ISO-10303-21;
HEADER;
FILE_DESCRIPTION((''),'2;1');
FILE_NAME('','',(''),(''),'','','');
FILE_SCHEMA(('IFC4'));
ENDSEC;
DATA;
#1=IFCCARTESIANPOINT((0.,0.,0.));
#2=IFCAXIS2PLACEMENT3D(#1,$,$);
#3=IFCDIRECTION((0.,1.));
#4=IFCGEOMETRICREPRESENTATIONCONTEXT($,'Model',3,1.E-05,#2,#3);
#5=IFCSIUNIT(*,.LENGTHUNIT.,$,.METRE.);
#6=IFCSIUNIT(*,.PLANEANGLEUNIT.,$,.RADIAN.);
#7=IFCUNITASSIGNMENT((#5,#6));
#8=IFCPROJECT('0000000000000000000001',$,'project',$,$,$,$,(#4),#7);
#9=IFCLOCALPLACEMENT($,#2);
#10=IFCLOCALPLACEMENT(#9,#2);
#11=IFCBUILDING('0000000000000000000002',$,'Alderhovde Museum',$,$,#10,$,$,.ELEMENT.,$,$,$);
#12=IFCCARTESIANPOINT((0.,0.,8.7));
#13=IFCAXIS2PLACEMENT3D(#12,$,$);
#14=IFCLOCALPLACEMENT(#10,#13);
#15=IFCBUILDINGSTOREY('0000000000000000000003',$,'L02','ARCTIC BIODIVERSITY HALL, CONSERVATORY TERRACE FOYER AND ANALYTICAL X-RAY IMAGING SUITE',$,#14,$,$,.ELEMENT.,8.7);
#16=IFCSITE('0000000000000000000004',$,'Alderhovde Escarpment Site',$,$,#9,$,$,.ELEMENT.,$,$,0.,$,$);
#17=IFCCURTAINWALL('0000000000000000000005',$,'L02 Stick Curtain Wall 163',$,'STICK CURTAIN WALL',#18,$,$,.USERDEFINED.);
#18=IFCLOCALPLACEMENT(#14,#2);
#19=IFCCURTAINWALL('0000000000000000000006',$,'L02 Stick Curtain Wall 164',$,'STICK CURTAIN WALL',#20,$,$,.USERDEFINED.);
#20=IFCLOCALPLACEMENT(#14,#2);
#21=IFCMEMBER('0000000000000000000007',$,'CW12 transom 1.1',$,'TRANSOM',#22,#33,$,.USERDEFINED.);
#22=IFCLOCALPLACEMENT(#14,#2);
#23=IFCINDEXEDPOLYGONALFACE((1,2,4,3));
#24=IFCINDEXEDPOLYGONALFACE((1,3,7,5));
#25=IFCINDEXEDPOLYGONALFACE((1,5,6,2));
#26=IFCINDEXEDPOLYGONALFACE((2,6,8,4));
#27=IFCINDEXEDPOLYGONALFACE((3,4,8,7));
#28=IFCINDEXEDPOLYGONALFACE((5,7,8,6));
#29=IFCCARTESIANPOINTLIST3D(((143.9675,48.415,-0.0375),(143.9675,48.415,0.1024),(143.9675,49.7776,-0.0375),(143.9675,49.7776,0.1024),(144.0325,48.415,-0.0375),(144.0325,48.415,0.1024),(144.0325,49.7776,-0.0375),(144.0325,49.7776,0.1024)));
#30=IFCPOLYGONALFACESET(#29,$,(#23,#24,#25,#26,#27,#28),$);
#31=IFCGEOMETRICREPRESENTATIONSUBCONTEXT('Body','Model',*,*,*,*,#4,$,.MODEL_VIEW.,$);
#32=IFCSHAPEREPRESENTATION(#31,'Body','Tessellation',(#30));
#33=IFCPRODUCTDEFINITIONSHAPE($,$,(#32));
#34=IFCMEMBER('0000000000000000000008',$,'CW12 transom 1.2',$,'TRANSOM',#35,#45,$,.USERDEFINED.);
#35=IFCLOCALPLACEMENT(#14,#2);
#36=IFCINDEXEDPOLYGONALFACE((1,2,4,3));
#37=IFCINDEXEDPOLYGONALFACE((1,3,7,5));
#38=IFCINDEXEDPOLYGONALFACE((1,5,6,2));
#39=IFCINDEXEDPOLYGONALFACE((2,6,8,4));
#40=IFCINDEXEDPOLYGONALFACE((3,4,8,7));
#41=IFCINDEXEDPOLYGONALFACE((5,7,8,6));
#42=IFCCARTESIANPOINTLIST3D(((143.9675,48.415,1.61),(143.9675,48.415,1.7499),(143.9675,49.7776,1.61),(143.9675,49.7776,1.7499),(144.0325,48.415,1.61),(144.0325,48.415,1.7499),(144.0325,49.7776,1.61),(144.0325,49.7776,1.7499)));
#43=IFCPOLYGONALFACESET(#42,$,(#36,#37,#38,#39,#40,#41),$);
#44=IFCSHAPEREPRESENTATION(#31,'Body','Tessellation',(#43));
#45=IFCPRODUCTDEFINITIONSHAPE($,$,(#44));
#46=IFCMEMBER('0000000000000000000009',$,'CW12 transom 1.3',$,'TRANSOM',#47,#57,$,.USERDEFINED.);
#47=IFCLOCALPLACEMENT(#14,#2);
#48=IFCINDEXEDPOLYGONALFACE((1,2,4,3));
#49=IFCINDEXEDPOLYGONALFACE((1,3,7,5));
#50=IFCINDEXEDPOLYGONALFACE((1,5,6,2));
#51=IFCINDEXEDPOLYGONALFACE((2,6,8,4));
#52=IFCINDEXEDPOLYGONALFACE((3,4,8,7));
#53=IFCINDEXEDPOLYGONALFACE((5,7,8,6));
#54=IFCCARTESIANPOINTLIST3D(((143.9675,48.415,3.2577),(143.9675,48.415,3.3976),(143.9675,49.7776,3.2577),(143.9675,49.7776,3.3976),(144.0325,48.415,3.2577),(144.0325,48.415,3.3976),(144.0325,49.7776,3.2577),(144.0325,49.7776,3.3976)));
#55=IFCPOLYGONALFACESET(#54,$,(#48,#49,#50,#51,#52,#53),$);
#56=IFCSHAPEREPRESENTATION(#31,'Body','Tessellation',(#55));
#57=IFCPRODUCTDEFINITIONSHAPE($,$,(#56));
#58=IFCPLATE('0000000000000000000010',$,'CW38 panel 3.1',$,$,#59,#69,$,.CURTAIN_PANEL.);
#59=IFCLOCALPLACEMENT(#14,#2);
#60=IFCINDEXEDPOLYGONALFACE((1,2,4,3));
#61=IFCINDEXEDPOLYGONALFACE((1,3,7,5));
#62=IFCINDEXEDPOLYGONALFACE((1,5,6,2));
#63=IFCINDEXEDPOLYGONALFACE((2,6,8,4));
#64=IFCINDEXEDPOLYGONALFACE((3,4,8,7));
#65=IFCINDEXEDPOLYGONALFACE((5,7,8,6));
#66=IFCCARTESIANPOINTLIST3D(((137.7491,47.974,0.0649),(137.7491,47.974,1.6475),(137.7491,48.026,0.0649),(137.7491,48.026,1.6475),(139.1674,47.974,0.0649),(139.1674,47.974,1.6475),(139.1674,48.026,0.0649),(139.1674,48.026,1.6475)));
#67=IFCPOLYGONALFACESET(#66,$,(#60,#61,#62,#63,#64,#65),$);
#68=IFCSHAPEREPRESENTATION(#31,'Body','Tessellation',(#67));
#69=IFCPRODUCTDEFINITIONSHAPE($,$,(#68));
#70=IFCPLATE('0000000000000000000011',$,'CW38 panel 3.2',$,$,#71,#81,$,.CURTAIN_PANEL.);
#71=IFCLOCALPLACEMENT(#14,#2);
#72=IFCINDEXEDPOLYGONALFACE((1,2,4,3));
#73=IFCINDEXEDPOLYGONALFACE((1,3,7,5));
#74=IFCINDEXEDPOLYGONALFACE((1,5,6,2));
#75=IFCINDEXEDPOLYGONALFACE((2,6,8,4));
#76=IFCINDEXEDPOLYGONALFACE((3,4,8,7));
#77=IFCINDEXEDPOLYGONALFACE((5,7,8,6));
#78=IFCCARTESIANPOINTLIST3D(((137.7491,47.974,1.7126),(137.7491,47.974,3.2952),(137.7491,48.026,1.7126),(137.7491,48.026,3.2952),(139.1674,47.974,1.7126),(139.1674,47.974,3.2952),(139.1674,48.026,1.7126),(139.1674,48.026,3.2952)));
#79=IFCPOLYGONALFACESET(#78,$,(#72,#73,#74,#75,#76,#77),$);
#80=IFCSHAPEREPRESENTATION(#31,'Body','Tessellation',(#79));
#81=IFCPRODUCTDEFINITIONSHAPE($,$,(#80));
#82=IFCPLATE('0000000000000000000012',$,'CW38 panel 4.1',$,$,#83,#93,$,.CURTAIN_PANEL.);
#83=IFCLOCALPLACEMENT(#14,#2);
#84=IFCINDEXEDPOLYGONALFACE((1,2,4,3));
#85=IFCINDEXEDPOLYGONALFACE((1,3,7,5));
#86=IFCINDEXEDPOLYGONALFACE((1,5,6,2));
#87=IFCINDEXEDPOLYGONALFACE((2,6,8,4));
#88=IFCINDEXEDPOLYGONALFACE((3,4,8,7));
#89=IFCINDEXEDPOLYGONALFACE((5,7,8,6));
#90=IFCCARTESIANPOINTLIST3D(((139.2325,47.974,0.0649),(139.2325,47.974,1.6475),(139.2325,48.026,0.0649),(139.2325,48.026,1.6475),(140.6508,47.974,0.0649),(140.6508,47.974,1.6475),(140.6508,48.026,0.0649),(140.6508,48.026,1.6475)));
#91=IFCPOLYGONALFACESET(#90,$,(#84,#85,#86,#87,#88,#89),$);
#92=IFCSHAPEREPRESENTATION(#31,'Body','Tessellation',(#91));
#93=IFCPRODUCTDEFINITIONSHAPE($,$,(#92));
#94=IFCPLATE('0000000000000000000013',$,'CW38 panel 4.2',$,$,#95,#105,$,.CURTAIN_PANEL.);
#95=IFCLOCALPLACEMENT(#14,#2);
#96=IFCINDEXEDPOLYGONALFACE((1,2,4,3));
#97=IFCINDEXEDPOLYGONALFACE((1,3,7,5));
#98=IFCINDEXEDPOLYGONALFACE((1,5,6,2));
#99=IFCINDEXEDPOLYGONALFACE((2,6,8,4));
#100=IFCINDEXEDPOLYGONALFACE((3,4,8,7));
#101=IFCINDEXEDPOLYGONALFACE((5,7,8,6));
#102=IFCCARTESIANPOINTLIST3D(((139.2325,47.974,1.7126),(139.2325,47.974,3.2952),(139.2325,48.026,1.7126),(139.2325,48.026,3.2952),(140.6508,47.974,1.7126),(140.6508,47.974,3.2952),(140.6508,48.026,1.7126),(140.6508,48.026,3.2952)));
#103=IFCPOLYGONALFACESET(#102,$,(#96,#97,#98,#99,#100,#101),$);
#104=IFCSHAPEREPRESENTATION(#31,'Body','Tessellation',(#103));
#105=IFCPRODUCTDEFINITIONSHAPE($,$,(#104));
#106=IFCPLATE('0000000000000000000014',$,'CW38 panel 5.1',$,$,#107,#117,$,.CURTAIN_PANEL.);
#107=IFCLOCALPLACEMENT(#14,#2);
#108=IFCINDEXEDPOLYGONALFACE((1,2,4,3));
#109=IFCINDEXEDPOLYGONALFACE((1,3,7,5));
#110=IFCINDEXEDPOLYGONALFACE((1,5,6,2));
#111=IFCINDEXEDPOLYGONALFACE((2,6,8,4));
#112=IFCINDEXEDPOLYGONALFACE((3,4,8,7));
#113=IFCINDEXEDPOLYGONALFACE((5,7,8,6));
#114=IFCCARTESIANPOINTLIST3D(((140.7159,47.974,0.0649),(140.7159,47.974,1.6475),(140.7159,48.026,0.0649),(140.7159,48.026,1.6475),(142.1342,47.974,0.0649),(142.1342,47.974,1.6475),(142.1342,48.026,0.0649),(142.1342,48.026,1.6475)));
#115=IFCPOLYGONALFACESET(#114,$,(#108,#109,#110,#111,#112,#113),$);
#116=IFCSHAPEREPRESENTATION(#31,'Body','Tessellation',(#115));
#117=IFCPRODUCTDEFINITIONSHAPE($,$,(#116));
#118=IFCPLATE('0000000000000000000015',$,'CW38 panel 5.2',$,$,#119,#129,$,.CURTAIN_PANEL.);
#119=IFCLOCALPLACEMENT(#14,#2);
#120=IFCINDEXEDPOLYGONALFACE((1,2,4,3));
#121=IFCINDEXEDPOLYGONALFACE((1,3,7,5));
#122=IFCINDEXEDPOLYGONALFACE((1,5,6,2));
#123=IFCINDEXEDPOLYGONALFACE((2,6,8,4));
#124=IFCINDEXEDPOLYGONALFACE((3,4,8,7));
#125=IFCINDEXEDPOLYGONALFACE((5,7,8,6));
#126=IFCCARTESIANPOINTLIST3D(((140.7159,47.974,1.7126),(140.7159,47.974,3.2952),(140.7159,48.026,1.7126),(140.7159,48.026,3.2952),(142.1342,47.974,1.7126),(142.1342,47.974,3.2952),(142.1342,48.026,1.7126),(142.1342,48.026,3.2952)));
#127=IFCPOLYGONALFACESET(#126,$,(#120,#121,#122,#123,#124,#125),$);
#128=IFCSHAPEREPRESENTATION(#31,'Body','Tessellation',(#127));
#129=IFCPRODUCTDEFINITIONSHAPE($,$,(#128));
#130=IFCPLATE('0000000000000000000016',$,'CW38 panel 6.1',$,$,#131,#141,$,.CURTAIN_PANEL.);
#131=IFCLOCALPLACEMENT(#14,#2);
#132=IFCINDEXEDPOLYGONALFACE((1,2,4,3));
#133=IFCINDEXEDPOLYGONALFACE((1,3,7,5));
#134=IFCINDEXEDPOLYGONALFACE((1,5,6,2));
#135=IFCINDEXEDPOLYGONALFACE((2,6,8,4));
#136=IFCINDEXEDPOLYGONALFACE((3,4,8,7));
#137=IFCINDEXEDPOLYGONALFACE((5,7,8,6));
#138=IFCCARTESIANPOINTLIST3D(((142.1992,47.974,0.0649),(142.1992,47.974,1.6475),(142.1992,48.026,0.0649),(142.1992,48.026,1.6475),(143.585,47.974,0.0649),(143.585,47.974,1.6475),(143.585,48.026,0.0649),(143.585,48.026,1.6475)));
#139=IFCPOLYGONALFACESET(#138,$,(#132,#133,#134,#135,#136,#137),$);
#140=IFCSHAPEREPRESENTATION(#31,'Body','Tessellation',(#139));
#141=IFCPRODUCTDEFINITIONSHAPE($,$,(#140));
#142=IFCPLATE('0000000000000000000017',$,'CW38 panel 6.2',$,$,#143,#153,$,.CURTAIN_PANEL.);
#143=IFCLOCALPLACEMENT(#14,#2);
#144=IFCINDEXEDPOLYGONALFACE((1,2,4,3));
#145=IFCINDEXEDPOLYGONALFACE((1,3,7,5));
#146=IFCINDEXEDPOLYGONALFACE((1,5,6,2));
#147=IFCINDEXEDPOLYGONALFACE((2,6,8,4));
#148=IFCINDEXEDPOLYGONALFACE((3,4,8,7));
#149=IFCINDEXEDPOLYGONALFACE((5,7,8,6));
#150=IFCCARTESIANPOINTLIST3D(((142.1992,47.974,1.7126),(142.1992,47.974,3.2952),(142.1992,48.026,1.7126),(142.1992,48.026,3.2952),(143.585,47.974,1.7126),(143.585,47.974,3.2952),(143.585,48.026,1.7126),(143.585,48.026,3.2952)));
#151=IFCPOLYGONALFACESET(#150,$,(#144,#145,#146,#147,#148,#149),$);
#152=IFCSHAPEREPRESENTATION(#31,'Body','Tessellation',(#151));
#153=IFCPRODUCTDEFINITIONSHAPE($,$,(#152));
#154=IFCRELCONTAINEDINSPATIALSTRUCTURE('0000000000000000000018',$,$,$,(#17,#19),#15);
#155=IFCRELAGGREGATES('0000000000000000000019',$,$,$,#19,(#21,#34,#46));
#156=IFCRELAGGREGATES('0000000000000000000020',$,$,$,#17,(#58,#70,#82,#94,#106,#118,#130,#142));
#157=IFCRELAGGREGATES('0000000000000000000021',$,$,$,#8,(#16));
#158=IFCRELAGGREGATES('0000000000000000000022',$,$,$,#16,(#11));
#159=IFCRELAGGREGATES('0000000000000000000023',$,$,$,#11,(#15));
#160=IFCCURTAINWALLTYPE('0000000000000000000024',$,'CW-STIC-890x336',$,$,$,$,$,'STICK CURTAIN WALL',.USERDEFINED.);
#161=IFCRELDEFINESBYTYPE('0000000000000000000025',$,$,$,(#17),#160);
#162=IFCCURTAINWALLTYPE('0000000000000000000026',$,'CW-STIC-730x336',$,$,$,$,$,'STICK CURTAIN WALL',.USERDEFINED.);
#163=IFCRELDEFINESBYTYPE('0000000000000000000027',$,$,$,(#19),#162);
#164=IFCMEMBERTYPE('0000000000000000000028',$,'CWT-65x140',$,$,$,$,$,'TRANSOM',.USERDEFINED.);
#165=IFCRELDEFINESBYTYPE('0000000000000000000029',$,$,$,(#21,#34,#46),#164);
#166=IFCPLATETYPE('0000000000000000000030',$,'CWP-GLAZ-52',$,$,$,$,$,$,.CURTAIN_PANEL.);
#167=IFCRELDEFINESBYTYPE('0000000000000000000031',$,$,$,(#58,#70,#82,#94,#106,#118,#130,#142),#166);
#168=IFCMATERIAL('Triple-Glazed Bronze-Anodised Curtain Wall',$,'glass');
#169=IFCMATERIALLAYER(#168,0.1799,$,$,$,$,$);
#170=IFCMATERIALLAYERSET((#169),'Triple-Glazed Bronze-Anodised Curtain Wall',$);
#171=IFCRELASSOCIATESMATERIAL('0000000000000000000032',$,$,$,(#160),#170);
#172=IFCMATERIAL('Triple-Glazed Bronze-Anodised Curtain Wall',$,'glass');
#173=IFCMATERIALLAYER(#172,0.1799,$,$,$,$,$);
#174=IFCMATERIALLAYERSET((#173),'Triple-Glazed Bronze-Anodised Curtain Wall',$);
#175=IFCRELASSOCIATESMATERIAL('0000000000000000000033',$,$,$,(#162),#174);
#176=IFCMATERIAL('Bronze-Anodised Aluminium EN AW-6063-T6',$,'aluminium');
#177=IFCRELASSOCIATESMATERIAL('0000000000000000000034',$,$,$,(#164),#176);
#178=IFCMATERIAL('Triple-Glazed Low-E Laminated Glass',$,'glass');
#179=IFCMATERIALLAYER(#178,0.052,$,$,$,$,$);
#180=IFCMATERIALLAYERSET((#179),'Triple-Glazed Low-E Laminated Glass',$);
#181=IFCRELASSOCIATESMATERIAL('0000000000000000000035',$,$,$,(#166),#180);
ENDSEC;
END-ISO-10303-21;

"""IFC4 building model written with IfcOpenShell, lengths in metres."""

from ifc_helpers import new_model, si_unit, direction, frame, origin, origin_2d, place, context, subcontext, project, spatial, rectangle, extrude, material, layer, layer_set, material_profile, profile_set, type_object, element, aggregate, save


model = new_model("IFC4")

# Units and contexts
model_context = context("Model", 3, precision=1e-05, world=origin(), true_north=direction((0.0, 1.0)))
body_context = subcontext(model_context, "Body", "Model", "MODEL_VIEW")
ifc_project = project(units=[si_unit("LENGTHUNIT", "METRE"), si_unit("PLANEANGLEUNIT", "RADIAN")], contexts=[model_context])

# Site, building, storey
site_placement = place(None, origin())
site = spatial("IfcSite", under=ifc_project, at=site_placement, Name="Alderhovde Escarpment Site", CompositionType="ELEMENT", RefElevation=0.0)
building_placement = place(site_placement, origin())
building = spatial("IfcBuilding", under=site, at=building_placement, Name="Alderhovde Museum", CompositionType="ELEMENT")
storey_placement = place(building_placement, frame((0.0, 0.0, 8.7)))
storey = spatial("IfcBuildingStorey", under=building, at=storey_placement, Name="L02", Description="ARCTIC BIODIVERSITY HALL, CONSERVATORY TERRACE FOYER AND ANALYTICAL X-RAY IMAGING SUITE", CompositionType="ELEMENT", Elevation=8.7)

# Curtain wall
ifc_material_1 = material(Name="Triple-Glazed Bronze-Anodised Curtain Wall", Category="glass")
ifc_layer_1 = layer(ifc_material_1, 0.1799)
ifc_layer_set_1 = layer_set([ifc_layer_1], Name="Triple-Glazed Bronze-Anodised Curtain Wall")
curtain_wall_type_1 = type_object("IfcCurtainWallType", Name="CW-STIC-890x336", ElementType="STICK CURTAIN WALL", PredefinedType="USERDEFINED", material=ifc_layer_set_1)
curtain_wall_1_placement = place(storey_placement, origin())
curtain_wall_1 = element("IfcCurtainWall", 1, at=curtain_wall_1_placement, inside=storey, type_object=curtain_wall_type_1, Name="L02 Stick Curtain Wall 163", ObjectType="STICK CURTAIN WALL", PredefinedType="USERDEFINED")

# Curtain wall
ifc_material_2 = material(Name="Triple-Glazed Bronze-Anodised Curtain Wall", Category="glass")
ifc_layer_2 = layer(ifc_material_2, 0.1799)
ifc_layer_set_2 = layer_set([ifc_layer_2], Name="Triple-Glazed Bronze-Anodised Curtain Wall")
curtain_wall_type_2 = type_object("IfcCurtainWallType", Name="CW-STIC-730x336", ElementType="STICK CURTAIN WALL", PredefinedType="USERDEFINED", material=ifc_layer_set_2)
curtain_wall_2_placement = place(storey_placement, origin())
curtain_wall_2 = element("IfcCurtainWall", 2, at=curtain_wall_2_placement, inside=storey, type_object=curtain_wall_type_2, Name="L02 Stick Curtain Wall 164", ObjectType="STICK CURTAIN WALL", PredefinedType="USERDEFINED")

# Members
ifc_material_3 = material(Name="Bronze-Anodised Aluminium EN AW-6063-T6", Category="aluminium")
ifc_material_profile_1 = material_profile(ifc_material_3, rectangle(XDim=0.0649, YDim=0.1399, at=origin_2d()), Name="TRANSOM 65x140")
ifc_profile_set_1 = profile_set([ifc_material_profile_1], Name="Bronze-Anodised Aluminium EN AW-6063-T6")
member_type_1 = type_object("IfcMemberType", Name="CWT-65x140", ElementType="TRANSOM", PredefinedType="USERDEFINED", material=ifc_profile_set_1)
member_1_placement = place(storey_placement, frame((144.0, 48.415, 0.0325), z_axis=(0.0, 1.0, 0.0), x_axis=(-1.0, 0.0, 0.0)))
member_1 = element("IfcMember", 3, at=member_1_placement, type_object=member_type_1, Name="CW12 transom 1.1", ObjectType="TRANSOM", PredefinedType="USERDEFINED", context=body_context, shape_type="SweptSolid", body=[
    extrude(rectangle(XDim=0.0649, YDim=0.1399, at=origin_2d()), origin(), (0.0, 0.0, 1.0), 1.3625),
])
member_2_placement = place(storey_placement, frame((144.0, 48.415, 1.6799), z_axis=(0.0, 1.0, 0.0), x_axis=(-1.0, 0.0, 0.0)))
member_2 = element("IfcMember", 4, at=member_2_placement, type_object=member_type_1, Name="CW12 transom 1.2", ObjectType="TRANSOM", PredefinedType="USERDEFINED", context=body_context, shape_type="SweptSolid", body=[
    extrude(rectangle(XDim=0.0649, YDim=0.1399, at=origin_2d()), origin(), (0.0, 0.0, 1.0), 1.3625),
])
member_3_placement = place(storey_placement, frame((144.0, 48.415, 3.3276), z_axis=(0.0, 1.0, 0.0), x_axis=(-1.0, 0.0, 0.0)))
member_3 = element("IfcMember", 5, at=member_3_placement, type_object=member_type_1, Name="CW12 transom 1.3", ObjectType="TRANSOM", PredefinedType="USERDEFINED", context=body_context, shape_type="SweptSolid", body=[
    extrude(rectangle(XDim=0.0649, YDim=0.1399, at=origin_2d()), origin(), (0.0, 0.0, 1.0), 1.3625),
])
aggregate(curtain_wall_2, [member_1, member_2, member_3])

# Plates
ifc_material_4 = material(Name="Triple-Glazed Low-E Laminated Glass", Category="glass")
ifc_layer_3 = layer(ifc_material_4, 0.052)
ifc_layer_set_3 = layer_set([ifc_layer_3], Name="Triple-Glazed Low-E Laminated Glass")
plate_type = type_object("IfcPlateType", Name="CWP-GLAZ-52", PredefinedType="CURTAIN_PANEL", material=ifc_layer_set_3)
plate_1_placement = place(storey_placement, frame((138.4583, 48.0, 0.0649), z_axis=(0.0, 0.0, 1.0), x_axis=(1.0, 0.0, 0.0)))
plate_1 = element("IfcPlate", 6, at=plate_1_placement, type_object=plate_type, Name="CW38 panel 3.1", PredefinedType="CURTAIN_PANEL", context=body_context, shape_type="SweptSolid", body=[
    extrude(rectangle(XDim=1.4182, YDim=0.052, at=origin_2d()), origin(), (0.0, 0.0, 1.0), 1.5825),
])
plate_2_placement = place(storey_placement, frame((138.4583, 48.0, 1.7126), z_axis=(0.0, 0.0, 1.0), x_axis=(1.0, 0.0, 0.0)))
plate_2 = element("IfcPlate", 7, at=plate_2_placement, type_object=plate_type, Name="CW38 panel 3.2", PredefinedType="CURTAIN_PANEL", context=body_context, shape_type="SweptSolid", body=[
    extrude(rectangle(XDim=1.4182, YDim=0.052, at=origin_2d()), origin(), (0.0, 0.0, 1.0), 1.5825),
])
plate_3_placement = place(storey_placement, frame((139.9417, 48.0, 0.0649), z_axis=(0.0, 0.0, 1.0), x_axis=(1.0, 0.0, 0.0)))
plate_3 = element("IfcPlate", 8, at=plate_3_placement, type_object=plate_type, Name="CW38 panel 4.1", PredefinedType="CURTAIN_PANEL", context=body_context, shape_type="SweptSolid", body=[
    extrude(rectangle(XDim=1.4182, YDim=0.052, at=origin_2d()), origin(), (0.0, 0.0, 1.0), 1.5825),
])
plate_4_placement = place(storey_placement, frame((139.9417, 48.0, 1.7126), z_axis=(0.0, 0.0, 1.0), x_axis=(1.0, 0.0, 0.0)))
plate_4 = element("IfcPlate", 9, at=plate_4_placement, type_object=plate_type, Name="CW38 panel 4.2", PredefinedType="CURTAIN_PANEL", context=body_context, shape_type="SweptSolid", body=[
    extrude(rectangle(XDim=1.4182, YDim=0.052, at=origin_2d()), origin(), (0.0, 0.0, 1.0), 1.5825),
])
plate_5_placement = place(storey_placement, frame((141.425, 48.0, 0.0649), z_axis=(0.0, 0.0, 1.0), x_axis=(1.0, 0.0, 0.0)))
plate_5 = element("IfcPlate", 10, at=plate_5_placement, type_object=plate_type, Name="CW38 panel 5.1", PredefinedType="CURTAIN_PANEL", context=body_context, shape_type="SweptSolid", body=[
    extrude(rectangle(XDim=1.4182, YDim=0.052, at=origin_2d()), origin(), (0.0, 0.0, 1.0), 1.5825),
])
plate_6_placement = place(storey_placement, frame((141.425, 48.0, 1.7126), z_axis=(0.0, 0.0, 1.0), x_axis=(1.0, 0.0, 0.0)))
plate_6 = element("IfcPlate", 11, at=plate_6_placement, type_object=plate_type, Name="CW38 panel 5.2", PredefinedType="CURTAIN_PANEL", context=body_context, shape_type="SweptSolid", body=[
    extrude(rectangle(XDim=1.4182, YDim=0.052, at=origin_2d()), origin(), (0.0, 0.0, 1.0), 1.5825),
])
plate_7_placement = place(storey_placement, frame((142.8921, 48.0, 0.0649), z_axis=(0.0, 0.0, 1.0), x_axis=(1.0, 0.0, 0.0)))
plate_7 = element("IfcPlate", 12, at=plate_7_placement, type_object=plate_type, Name="CW38 panel 6.1", PredefinedType="CURTAIN_PANEL", context=body_context, shape_type="SweptSolid", body=[
    extrude(rectangle(XDim=1.3857, YDim=0.052, at=origin_2d()), origin(), (0.0, 0.0, 1.0), 1.5825),
])
plate_8_placement = place(storey_placement, frame((142.8921, 48.0, 1.7126), z_axis=(0.0, 0.0, 1.0), x_axis=(1.0, 0.0, 0.0)))
plate_8 = element("IfcPlate", 13, at=plate_8_placement, type_object=plate_type, Name="CW38 panel 6.2", PredefinedType="CURTAIN_PANEL", context=body_context, shape_type="SweptSolid", body=[
    extrude(rectangle(XDim=1.3857, YDim=0.052, at=origin_2d()), origin(), (0.0, 0.0, 1.0), 1.5825),
])
aggregate(curtain_wall_1, [plate_1, plate_2, plate_3, plate_4, plate_5, plate_6, plate_7, plate_8])

save(model, "model.ifc")
